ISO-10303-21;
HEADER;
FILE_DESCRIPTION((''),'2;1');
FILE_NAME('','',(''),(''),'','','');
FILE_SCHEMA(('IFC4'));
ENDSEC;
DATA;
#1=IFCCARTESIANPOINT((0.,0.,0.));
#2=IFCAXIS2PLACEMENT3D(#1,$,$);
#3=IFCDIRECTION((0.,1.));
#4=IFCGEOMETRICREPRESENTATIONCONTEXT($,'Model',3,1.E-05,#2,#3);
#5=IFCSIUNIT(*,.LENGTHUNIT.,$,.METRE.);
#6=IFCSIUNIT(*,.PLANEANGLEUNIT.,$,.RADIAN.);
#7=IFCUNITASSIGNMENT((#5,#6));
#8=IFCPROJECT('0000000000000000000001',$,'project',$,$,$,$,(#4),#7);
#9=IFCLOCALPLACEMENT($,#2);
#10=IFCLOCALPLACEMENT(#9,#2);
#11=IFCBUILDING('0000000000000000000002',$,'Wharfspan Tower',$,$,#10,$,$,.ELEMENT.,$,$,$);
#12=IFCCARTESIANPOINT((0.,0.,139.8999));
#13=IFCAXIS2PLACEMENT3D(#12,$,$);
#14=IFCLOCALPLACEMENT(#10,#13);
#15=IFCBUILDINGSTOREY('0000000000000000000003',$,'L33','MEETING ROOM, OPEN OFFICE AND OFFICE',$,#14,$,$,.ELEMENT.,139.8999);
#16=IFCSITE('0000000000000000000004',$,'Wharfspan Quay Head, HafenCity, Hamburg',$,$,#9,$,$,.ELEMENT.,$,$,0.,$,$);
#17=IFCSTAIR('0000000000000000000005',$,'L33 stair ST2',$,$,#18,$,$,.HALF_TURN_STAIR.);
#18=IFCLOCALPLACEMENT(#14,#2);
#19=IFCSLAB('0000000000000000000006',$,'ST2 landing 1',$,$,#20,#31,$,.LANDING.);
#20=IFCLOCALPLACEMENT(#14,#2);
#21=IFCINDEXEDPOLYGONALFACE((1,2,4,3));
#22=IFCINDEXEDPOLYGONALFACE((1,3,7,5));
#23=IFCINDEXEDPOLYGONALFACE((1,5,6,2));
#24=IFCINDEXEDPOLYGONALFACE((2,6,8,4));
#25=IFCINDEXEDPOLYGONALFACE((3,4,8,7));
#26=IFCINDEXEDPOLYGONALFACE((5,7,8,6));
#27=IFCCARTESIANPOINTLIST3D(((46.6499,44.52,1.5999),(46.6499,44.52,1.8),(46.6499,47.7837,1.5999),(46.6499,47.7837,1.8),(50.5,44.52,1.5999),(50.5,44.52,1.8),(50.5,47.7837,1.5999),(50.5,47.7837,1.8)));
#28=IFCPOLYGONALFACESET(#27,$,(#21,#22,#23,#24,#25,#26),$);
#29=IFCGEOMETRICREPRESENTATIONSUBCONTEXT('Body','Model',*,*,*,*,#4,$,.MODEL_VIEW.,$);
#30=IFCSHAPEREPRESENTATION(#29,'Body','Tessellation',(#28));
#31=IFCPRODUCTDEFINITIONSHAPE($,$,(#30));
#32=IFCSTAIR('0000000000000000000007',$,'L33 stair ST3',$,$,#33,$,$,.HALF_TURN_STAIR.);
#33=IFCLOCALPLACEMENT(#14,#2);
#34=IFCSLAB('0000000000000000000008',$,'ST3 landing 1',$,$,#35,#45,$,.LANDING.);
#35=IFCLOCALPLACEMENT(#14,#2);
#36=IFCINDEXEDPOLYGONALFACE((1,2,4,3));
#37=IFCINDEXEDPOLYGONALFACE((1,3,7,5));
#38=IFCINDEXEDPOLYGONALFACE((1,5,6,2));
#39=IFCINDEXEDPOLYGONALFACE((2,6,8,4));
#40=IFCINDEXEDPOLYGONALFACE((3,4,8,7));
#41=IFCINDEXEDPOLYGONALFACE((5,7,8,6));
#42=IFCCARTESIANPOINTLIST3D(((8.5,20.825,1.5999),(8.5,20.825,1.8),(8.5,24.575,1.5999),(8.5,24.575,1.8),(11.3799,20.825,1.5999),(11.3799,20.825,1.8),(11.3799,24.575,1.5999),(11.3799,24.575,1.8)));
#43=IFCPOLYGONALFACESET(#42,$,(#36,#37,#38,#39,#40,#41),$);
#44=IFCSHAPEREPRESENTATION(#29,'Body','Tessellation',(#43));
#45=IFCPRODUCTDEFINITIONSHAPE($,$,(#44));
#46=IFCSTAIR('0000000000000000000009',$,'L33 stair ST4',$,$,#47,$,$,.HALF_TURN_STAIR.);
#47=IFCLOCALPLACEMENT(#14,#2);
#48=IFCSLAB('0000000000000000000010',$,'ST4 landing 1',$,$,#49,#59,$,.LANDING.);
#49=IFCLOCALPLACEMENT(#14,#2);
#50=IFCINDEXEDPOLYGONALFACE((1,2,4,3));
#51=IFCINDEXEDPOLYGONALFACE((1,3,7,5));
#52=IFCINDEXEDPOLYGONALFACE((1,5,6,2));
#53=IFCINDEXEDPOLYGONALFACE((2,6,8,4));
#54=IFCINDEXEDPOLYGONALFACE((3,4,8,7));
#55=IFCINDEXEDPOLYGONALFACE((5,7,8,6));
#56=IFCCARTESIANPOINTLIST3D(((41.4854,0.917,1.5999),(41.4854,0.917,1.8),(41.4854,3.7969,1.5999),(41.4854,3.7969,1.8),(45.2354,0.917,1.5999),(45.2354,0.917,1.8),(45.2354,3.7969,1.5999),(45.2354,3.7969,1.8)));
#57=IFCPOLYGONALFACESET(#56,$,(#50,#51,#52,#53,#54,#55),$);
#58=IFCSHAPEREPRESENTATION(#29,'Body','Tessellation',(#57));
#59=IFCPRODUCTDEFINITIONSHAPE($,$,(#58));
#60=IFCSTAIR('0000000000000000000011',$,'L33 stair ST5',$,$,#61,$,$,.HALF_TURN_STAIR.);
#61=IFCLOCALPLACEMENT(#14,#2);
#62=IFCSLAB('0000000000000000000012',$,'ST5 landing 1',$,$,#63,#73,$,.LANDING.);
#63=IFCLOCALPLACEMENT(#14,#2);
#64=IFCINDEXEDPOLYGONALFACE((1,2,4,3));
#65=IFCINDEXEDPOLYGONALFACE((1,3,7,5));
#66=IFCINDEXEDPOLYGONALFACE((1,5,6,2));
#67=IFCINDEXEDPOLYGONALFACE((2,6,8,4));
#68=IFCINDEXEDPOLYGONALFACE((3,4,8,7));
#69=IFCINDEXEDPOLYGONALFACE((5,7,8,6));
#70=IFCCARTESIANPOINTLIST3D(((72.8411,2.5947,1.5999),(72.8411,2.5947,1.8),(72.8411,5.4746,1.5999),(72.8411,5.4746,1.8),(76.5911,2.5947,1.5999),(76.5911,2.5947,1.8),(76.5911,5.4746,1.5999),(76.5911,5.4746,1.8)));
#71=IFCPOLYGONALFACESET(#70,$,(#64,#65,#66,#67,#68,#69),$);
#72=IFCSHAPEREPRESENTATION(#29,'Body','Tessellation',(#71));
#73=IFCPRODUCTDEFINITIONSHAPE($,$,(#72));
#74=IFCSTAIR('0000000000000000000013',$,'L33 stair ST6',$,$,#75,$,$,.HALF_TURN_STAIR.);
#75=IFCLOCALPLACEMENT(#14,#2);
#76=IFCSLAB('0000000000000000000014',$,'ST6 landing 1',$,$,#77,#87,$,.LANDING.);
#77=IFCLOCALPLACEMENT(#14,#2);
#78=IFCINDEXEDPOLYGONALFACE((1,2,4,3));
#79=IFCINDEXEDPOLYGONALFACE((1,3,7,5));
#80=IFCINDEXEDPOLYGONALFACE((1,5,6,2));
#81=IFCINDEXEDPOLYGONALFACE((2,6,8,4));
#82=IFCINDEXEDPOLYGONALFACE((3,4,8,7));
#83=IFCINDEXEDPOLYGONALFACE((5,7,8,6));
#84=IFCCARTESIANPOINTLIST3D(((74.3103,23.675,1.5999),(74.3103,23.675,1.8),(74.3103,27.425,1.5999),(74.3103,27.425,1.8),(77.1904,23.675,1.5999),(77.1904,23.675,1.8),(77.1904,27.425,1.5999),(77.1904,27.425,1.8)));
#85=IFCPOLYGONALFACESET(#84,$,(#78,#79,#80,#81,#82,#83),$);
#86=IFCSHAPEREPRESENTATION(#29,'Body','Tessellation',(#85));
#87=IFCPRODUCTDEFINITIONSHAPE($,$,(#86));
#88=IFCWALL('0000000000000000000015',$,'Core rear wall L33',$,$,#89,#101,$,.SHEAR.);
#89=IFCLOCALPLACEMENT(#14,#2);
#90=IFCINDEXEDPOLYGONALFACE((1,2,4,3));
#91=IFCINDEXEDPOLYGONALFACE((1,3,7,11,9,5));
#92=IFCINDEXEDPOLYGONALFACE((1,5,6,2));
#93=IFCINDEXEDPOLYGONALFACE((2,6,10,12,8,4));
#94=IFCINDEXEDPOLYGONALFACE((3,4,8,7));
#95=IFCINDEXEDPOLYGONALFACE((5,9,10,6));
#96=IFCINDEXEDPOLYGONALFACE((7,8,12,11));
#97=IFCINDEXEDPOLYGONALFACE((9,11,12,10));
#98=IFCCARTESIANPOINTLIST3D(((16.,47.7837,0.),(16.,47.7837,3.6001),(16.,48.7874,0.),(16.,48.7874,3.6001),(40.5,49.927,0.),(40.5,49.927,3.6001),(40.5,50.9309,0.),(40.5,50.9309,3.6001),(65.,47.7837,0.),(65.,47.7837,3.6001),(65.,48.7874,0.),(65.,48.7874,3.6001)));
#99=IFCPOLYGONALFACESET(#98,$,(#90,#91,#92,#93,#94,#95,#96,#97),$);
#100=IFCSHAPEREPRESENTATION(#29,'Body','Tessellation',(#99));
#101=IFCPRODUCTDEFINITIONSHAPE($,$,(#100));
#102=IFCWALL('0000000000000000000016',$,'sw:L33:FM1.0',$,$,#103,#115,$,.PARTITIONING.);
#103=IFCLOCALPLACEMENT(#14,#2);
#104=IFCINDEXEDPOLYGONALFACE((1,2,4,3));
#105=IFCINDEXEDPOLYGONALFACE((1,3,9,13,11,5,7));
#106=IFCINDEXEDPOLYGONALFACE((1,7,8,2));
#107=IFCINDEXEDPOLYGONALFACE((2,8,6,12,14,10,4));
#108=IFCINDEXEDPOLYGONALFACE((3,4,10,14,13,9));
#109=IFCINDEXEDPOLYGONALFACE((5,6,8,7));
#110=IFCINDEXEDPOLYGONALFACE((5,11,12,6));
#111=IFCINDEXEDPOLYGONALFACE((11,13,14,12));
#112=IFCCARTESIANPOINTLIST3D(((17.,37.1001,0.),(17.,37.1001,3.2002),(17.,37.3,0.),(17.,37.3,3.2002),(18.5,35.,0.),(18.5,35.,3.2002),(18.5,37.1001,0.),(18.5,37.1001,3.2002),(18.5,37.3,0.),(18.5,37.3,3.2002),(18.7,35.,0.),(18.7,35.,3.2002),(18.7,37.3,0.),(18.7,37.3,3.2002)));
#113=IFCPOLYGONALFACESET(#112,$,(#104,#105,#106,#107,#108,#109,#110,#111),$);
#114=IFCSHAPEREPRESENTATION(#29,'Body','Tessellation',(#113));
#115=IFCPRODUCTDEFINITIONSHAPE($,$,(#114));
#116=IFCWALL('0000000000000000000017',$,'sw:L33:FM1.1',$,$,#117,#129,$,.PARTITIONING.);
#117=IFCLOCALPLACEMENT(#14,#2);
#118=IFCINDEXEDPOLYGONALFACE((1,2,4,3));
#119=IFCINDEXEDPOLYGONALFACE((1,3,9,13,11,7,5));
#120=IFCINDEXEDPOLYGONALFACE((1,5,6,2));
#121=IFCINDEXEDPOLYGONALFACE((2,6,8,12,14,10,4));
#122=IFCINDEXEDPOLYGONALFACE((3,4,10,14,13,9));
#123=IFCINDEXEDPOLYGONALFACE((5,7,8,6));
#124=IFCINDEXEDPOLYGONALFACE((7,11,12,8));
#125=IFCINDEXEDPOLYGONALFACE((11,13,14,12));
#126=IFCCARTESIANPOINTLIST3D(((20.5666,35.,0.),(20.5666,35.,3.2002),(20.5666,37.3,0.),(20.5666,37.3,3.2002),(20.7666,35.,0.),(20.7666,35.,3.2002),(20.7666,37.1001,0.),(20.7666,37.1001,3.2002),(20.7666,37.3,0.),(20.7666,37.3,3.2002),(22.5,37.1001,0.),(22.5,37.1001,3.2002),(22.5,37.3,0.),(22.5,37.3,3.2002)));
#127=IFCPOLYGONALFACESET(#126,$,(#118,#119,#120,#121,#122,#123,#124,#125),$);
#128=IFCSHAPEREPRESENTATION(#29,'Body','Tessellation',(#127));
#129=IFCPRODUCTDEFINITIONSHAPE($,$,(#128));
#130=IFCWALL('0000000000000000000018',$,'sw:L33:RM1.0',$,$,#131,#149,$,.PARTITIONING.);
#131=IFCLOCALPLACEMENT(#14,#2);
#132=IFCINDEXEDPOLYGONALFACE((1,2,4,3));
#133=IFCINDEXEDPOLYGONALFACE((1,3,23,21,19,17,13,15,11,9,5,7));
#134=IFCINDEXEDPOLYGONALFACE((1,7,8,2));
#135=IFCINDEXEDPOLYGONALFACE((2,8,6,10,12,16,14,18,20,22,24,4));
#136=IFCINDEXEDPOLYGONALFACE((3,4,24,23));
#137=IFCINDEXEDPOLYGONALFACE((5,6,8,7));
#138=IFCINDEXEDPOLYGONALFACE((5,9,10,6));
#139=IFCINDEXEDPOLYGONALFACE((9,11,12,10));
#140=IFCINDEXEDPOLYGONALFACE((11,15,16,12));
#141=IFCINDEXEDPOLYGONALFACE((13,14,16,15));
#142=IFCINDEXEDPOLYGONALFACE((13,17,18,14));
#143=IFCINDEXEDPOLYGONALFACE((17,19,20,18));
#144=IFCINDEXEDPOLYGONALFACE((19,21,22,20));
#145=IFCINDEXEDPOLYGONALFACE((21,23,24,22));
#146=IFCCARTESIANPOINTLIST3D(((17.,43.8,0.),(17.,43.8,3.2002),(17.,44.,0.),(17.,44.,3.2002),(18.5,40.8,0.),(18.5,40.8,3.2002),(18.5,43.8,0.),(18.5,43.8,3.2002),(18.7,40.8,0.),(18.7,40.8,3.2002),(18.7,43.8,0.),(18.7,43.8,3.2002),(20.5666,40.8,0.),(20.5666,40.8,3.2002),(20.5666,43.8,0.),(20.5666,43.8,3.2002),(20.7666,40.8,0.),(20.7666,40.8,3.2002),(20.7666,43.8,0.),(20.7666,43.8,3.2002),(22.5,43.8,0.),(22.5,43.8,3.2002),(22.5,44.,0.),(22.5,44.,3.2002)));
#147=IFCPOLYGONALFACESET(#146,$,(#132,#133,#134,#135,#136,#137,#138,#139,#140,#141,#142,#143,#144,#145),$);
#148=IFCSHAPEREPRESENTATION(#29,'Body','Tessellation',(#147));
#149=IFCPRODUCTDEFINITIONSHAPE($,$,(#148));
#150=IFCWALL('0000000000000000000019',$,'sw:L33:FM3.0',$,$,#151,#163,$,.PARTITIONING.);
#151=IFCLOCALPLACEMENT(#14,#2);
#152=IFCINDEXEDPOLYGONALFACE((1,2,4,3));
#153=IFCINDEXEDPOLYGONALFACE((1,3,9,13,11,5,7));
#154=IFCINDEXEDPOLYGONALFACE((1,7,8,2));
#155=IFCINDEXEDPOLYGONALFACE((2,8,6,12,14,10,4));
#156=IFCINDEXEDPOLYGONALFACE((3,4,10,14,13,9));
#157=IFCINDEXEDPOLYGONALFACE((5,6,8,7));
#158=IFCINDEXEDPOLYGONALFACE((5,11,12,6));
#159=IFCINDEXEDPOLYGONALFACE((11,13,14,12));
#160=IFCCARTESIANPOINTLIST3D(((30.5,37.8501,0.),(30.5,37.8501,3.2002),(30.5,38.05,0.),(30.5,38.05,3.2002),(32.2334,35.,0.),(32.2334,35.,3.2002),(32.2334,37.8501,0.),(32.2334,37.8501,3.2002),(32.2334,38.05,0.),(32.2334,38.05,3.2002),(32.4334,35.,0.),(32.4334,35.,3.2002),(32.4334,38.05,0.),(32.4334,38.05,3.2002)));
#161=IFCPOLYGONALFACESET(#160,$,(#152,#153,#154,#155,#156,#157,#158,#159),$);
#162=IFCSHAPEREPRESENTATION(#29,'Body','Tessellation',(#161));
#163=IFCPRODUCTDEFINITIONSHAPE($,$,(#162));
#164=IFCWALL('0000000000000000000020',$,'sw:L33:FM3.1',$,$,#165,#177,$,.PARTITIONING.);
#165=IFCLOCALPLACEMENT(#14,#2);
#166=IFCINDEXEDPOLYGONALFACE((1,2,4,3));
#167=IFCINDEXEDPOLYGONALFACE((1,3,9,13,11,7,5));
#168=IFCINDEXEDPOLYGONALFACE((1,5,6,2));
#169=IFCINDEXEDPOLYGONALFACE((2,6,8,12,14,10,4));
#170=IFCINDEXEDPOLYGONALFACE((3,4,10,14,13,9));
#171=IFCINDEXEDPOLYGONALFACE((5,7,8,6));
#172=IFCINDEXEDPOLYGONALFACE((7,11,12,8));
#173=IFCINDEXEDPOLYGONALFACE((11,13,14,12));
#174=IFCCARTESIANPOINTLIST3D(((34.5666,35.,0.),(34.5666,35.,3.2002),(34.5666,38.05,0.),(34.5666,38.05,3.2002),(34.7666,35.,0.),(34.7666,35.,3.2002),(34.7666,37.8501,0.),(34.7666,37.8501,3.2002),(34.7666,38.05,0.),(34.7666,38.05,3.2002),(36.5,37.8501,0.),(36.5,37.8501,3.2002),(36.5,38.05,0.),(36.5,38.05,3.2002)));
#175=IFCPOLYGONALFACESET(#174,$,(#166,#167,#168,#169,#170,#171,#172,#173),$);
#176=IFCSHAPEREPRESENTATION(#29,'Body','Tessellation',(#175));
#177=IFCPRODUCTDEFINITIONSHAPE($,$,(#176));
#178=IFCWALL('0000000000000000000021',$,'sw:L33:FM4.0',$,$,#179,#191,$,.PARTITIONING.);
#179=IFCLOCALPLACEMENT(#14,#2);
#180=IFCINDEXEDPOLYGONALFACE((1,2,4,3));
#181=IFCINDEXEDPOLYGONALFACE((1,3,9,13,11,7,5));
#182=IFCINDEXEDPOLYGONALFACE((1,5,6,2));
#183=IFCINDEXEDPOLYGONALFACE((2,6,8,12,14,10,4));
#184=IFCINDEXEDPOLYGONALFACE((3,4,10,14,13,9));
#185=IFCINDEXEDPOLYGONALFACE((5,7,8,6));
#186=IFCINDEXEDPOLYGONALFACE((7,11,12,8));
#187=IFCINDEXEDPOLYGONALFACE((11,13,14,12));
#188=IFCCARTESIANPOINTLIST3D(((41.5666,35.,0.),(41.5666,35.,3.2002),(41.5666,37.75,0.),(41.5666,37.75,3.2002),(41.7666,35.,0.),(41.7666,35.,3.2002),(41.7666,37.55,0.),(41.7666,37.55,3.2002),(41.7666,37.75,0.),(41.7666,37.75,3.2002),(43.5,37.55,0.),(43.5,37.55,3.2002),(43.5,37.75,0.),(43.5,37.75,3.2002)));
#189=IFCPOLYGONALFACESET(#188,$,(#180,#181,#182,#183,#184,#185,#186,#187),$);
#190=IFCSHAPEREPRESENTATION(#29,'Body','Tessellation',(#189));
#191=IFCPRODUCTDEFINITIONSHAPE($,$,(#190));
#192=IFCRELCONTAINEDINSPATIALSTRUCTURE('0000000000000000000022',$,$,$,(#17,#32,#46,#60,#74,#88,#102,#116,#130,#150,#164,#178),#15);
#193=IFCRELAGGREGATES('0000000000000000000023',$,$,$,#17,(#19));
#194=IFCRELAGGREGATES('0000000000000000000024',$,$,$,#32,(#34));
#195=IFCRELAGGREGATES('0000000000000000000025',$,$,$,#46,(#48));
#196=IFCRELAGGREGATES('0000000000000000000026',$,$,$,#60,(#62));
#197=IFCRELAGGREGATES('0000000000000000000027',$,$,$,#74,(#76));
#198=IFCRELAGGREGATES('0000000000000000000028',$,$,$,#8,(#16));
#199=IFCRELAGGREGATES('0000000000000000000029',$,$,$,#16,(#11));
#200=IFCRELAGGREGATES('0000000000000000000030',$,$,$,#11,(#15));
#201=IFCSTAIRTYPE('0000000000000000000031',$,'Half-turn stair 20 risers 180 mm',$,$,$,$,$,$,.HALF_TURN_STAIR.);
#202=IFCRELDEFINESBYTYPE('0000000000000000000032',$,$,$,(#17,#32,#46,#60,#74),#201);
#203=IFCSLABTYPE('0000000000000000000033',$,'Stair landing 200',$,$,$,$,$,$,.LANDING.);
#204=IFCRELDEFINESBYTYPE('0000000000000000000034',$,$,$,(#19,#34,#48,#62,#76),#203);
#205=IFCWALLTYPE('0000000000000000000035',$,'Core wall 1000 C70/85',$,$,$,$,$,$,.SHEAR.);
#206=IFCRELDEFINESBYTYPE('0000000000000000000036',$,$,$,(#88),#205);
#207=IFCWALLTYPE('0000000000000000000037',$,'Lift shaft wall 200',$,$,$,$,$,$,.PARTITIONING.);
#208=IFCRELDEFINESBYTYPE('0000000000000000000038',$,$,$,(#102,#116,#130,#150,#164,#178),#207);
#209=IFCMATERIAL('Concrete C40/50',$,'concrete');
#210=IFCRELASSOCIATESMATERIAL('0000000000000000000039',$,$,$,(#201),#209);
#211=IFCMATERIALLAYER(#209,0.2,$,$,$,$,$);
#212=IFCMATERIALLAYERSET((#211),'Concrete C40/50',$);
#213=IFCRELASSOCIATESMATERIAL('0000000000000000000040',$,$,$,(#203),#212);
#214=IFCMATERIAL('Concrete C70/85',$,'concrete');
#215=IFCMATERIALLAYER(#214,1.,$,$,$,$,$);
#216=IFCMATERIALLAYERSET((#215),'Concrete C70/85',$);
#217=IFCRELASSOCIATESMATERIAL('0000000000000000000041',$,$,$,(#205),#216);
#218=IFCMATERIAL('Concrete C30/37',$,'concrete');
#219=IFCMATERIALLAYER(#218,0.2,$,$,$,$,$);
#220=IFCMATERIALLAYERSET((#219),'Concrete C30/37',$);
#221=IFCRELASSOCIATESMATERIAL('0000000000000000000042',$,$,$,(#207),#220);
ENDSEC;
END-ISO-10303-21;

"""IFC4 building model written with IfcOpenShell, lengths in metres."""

from ifc_helpers import new_model, si_unit, direction, frame, origin, place, context, subcontext, project, spatial, polyline, outline, extrude, material, layer, layer_set, type_object, element, aggregate, save


model = new_model("IFC4")

# Units and contexts
model_context = context("Model", 3, precision=1e-05, world=origin(), true_north=direction((0.0, 1.0)))
body_context = subcontext(model_context, "Body", "Model", "MODEL_VIEW")
ifc_project = project(units=[si_unit("LENGTHUNIT", "METRE"), si_unit("PLANEANGLEUNIT", "RADIAN")], contexts=[model_context])

# Site, building, storey
site_placement = place(None, origin())
site = spatial("IfcSite", under=ifc_project, at=site_placement, Name="Wharfspan Quay Head, HafenCity, Hamburg", CompositionType="ELEMENT", RefElevation=0.0)
building_placement = place(site_placement, origin())
building = spatial("IfcBuilding", under=site, at=building_placement, Name="Wharfspan Tower", CompositionType="ELEMENT")
storey_placement = place(building_placement, frame((0.0, 0.0, 139.8999)))
storey = spatial("IfcBuildingStorey", under=building, at=storey_placement, Name="L33", Description="MEETING ROOM, OPEN OFFICE AND OFFICE", CompositionType="ELEMENT", Elevation=139.8999)

# Shared definitions
ifc_material_1 = material(Name="Concrete C40/50", Category="concrete")

# Stairs, slabs
stair_type = type_object("IfcStairType", Name="Half-turn stair 20 risers 180 mm", PredefinedType="HALF_TURN_STAIR", material=ifc_material_1)
ifc_layer_1 = layer(ifc_material_1, 0.2)
ifc_layer_set_1 = layer_set([ifc_layer_1], Name="Concrete C40/50")
slab_type_1 = type_object("IfcSlabType", Name="Stair landing 200", PredefinedType="LANDING", material=ifc_layer_set_1)
stair_1_placement = place(storey_placement, origin())
stair_1 = element("IfcStair", 1, at=stair_1_placement, inside=storey, type_object=stair_type, Name="L33 stair ST2", PredefinedType="HALF_TURN_STAIR")
slab_1_placement = place(storey_placement, frame((0.0, 0.0, 1.5999)))
slab_1 = element("IfcSlab", 2, at=slab_1_placement, type_object=slab_type_1, Name="ST2 landing 1", PredefinedType="LANDING", context=body_context, shape_type="SweptSolid", body=[
    extrude(outline(polyline([(46.6499, 44.52), (50.5, 44.52), (50.5, 47.7837), (46.6499, 47.7837), (46.6499, 44.52)])), origin(), (0.0, 0.0, 1.0), 0.2002),
])
aggregate(stair_1, [slab_1])
stair_2_placement = place(storey_placement, origin())
stair_2 = element("IfcStair", 3, at=stair_2_placement, inside=storey, type_object=stair_type, Name="L33 stair ST3", PredefinedType="HALF_TURN_STAIR")
slab_2_placement = place(storey_placement, frame((0.0, 0.0, 1.5999)))
slab_2 = element("IfcSlab", 4, at=slab_2_placement, type_object=slab_type_1, Name="ST3 landing 1", PredefinedType="LANDING", context=body_context, shape_type="SweptSolid", body=[
    extrude(outline(polyline([(11.3799, 24.575), (8.5, 24.575), (8.5, 20.825), (11.3799, 20.825), (11.3799, 24.575)])), origin(), (0.0, 0.0, 1.0), 0.2002),
])
aggregate(stair_2, [slab_2])
stair_3_placement = place(storey_placement, origin())
stair_3 = element("IfcStair", 5, at=stair_3_placement, inside=storey, type_object=stair_type, Name="L33 stair ST4", PredefinedType="HALF_TURN_STAIR")
slab_3_placement = place(storey_placement, frame((0.0, 0.0, 1.5999)))
slab_3 = element("IfcSlab", 6, at=slab_3_placement, type_object=slab_type_1, Name="ST4 landing 1", PredefinedType="LANDING", context=body_context, shape_type="SweptSolid", body=[
    extrude(outline(polyline([(41.4854, 3.7969), (41.4854, 0.917), (45.2354, 0.917), (45.2354, 3.7969), (41.4854, 3.7969)])), origin(), (0.0, 0.0, 1.0), 0.2002),
])
aggregate(stair_3, [slab_3])
stair_4_placement = place(storey_placement, origin())
stair_4 = element("IfcStair", 7, at=stair_4_placement, inside=storey, type_object=stair_type, Name="L33 stair ST5", PredefinedType="HALF_TURN_STAIR")
slab_4_placement = place(storey_placement, frame((0.0, 0.0, 1.5999)))
slab_4 = element("IfcSlab", 8, at=slab_4_placement, type_object=slab_type_1, Name="ST5 landing 1", PredefinedType="LANDING", context=body_context, shape_type="SweptSolid", body=[
    extrude(outline(polyline([(72.8411, 5.4746), (72.8411, 2.5947), (76.5911, 2.5947), (76.5911, 5.4746), (72.8411, 5.4746)])), origin(), (0.0, 0.0, 1.0), 0.2002),
])
aggregate(stair_4, [slab_4])
stair_5_placement = place(storey_placement, origin())
stair_5 = element("IfcStair", 9, at=stair_5_placement, inside=storey, type_object=stair_type, Name="L33 stair ST6", PredefinedType="HALF_TURN_STAIR")
slab_5_placement = place(storey_placement, frame((0.0, 0.0, 1.5999)))
slab_5 = element("IfcSlab", 10, at=slab_5_placement, type_object=slab_type_1, Name="ST6 landing 1", PredefinedType="LANDING", context=body_context, shape_type="SweptSolid", body=[
    extrude(outline(polyline([(74.3103, 23.675), (77.1904, 23.675), (77.1904, 27.425), (74.3103, 27.425), (74.3103, 23.675)])), origin(), (0.0, 0.0, 1.0), 0.2002),
])
aggregate(stair_5, [slab_5])

# Walls
ifc_material_2 = material(Name="Concrete C70/85", Category="concrete")
ifc_layer_2 = layer(ifc_material_2, 1.0)
ifc_layer_set_2 = layer_set([ifc_layer_2], Name="Concrete C70/85")
wall_type_1 = type_object("IfcWallType", Name="Core wall 1000 C70/85", PredefinedType="SHEAR", material=ifc_layer_set_2)
wall_1_placement = place(storey_placement, origin())
element("IfcWall", 11, at=wall_1_placement, inside=storey, type_object=wall_type_1, Name="Core rear wall L33", PredefinedType="SHEAR", context=body_context, shape_type="SweptSolid", body=[
    extrude(outline(polyline([(16.0, 47.7837), (40.5, 49.927), (65.0, 47.7837), (65.0, 48.7874), (40.5, 50.9309), (16.0, 48.7874), (16.0, 47.7837)])), origin(), (0.0, 0.0, 1.0), 3.6001),
])
ifc_material_3 = material(Name="Concrete C30/37", Category="concrete")
ifc_layer_3 = layer(ifc_material_3, 0.2)
ifc_layer_set_3 = layer_set([ifc_layer_3], Name="Concrete C30/37")
wall_type_2 = type_object("IfcWallType", Name="Lift shaft wall 200", PredefinedType="PARTITIONING", material=ifc_layer_set_3)
wall_2_placement = place(storey_placement, origin())
element("IfcWall", 12, at=wall_2_placement, inside=storey, type_object=wall_type_2, Name="sw:L33:FM1.0", PredefinedType="PARTITIONING", context=body_context, shape_type="SweptSolid", body=[
    extrude(outline(polyline([(18.5, 37.1001), (17.0, 37.1001), (17.0, 37.3), (18.5, 37.3), (18.7, 37.3), (18.7, 35.0), (18.5, 35.0), (18.5, 37.1001)])), origin(), (0.0, 0.0, 1.0), 3.2002),
])
wall_3_placement = place(storey_placement, origin())
element("IfcWall", 13, at=wall_3_placement, inside=storey, type_object=wall_type_2, Name="sw:L33:FM1.1", PredefinedType="PARTITIONING", context=body_context, shape_type="SweptSolid", body=[
    extrude(outline(polyline([(20.5666, 37.3), (20.7666, 37.3), (22.5, 37.3), (22.5, 37.1001), (20.7666, 37.1001), (20.7666, 35.0), (20.5666, 35.0), (20.5666, 37.3)])), origin(), (0.0, 0.0, 1.0), 3.2002),
])
wall_4_placement = place(storey_placement, origin())
element("IfcWall", 14, at=wall_4_placement, inside=storey, type_object=wall_type_2, Name="sw:L33:RM1.0", PredefinedType="PARTITIONING", context=body_context, shape_type="SweptSolid", body=[
    extrude(outline(polyline([(18.7, 40.8), (18.5, 40.8), (18.5, 43.8), (17.0, 43.8), (17.0, 44.0), (22.5, 44.0), (22.5, 43.8), (20.7666, 43.8), (20.7666, 40.8), (20.5666, 40.8), (20.5666, 43.8), (18.7, 43.8), (18.7, 40.8)])), origin(), (0.0, 0.0, 1.0), 3.2002),
])
wall_5_placement = place(storey_placement, origin())
element("IfcWall", 15, at=wall_5_placement, inside=storey, type_object=wall_type_2, Name="sw:L33:FM3.0", PredefinedType="PARTITIONING", context=body_context, shape_type="SweptSolid", body=[
    extrude(outline(polyline([(32.2334, 37.8501), (30.5, 37.8501), (30.5, 38.05), (32.2334, 38.05), (32.4333, 38.05), (32.4333, 35.0), (32.2334, 35.0), (32.2334, 37.8501)])), origin(), (0.0, 0.0, 1.0), 3.2002),
])
wall_6_placement = place(storey_placement, origin())
element("IfcWall", 16, at=wall_6_placement, inside=storey, type_object=wall_type_2, Name="sw:L33:FM3.1", PredefinedType="PARTITIONING", context=body_context, shape_type="SweptSolid", body=[
    extrude(outline(polyline([(34.5667, 38.05), (34.7666, 38.05), (36.5, 38.05), (36.5, 37.8501), (34.7666, 37.8501), (34.7666, 35.0), (34.5667, 35.0), (34.5667, 38.05)])), origin(), (0.0, 0.0, 1.0), 3.2002),
])
wall_7_placement = place(storey_placement, origin())
element("IfcWall", 17, at=wall_7_placement, inside=storey, type_object=wall_type_2, Name="sw:L33:FM4.0", PredefinedType="PARTITIONING", context=body_context, shape_type="SweptSolid", body=[
    extrude(outline(polyline([(41.5667, 37.75), (41.7666, 37.75), (43.5, 37.75), (43.5, 37.55), (41.7666, 37.55), (41.7666, 35.0), (41.5667, 35.0), (41.5667, 37.75)])), origin(), (0.0, 0.0, 1.0), 3.2002),
])

save(model, "model.ifc")
